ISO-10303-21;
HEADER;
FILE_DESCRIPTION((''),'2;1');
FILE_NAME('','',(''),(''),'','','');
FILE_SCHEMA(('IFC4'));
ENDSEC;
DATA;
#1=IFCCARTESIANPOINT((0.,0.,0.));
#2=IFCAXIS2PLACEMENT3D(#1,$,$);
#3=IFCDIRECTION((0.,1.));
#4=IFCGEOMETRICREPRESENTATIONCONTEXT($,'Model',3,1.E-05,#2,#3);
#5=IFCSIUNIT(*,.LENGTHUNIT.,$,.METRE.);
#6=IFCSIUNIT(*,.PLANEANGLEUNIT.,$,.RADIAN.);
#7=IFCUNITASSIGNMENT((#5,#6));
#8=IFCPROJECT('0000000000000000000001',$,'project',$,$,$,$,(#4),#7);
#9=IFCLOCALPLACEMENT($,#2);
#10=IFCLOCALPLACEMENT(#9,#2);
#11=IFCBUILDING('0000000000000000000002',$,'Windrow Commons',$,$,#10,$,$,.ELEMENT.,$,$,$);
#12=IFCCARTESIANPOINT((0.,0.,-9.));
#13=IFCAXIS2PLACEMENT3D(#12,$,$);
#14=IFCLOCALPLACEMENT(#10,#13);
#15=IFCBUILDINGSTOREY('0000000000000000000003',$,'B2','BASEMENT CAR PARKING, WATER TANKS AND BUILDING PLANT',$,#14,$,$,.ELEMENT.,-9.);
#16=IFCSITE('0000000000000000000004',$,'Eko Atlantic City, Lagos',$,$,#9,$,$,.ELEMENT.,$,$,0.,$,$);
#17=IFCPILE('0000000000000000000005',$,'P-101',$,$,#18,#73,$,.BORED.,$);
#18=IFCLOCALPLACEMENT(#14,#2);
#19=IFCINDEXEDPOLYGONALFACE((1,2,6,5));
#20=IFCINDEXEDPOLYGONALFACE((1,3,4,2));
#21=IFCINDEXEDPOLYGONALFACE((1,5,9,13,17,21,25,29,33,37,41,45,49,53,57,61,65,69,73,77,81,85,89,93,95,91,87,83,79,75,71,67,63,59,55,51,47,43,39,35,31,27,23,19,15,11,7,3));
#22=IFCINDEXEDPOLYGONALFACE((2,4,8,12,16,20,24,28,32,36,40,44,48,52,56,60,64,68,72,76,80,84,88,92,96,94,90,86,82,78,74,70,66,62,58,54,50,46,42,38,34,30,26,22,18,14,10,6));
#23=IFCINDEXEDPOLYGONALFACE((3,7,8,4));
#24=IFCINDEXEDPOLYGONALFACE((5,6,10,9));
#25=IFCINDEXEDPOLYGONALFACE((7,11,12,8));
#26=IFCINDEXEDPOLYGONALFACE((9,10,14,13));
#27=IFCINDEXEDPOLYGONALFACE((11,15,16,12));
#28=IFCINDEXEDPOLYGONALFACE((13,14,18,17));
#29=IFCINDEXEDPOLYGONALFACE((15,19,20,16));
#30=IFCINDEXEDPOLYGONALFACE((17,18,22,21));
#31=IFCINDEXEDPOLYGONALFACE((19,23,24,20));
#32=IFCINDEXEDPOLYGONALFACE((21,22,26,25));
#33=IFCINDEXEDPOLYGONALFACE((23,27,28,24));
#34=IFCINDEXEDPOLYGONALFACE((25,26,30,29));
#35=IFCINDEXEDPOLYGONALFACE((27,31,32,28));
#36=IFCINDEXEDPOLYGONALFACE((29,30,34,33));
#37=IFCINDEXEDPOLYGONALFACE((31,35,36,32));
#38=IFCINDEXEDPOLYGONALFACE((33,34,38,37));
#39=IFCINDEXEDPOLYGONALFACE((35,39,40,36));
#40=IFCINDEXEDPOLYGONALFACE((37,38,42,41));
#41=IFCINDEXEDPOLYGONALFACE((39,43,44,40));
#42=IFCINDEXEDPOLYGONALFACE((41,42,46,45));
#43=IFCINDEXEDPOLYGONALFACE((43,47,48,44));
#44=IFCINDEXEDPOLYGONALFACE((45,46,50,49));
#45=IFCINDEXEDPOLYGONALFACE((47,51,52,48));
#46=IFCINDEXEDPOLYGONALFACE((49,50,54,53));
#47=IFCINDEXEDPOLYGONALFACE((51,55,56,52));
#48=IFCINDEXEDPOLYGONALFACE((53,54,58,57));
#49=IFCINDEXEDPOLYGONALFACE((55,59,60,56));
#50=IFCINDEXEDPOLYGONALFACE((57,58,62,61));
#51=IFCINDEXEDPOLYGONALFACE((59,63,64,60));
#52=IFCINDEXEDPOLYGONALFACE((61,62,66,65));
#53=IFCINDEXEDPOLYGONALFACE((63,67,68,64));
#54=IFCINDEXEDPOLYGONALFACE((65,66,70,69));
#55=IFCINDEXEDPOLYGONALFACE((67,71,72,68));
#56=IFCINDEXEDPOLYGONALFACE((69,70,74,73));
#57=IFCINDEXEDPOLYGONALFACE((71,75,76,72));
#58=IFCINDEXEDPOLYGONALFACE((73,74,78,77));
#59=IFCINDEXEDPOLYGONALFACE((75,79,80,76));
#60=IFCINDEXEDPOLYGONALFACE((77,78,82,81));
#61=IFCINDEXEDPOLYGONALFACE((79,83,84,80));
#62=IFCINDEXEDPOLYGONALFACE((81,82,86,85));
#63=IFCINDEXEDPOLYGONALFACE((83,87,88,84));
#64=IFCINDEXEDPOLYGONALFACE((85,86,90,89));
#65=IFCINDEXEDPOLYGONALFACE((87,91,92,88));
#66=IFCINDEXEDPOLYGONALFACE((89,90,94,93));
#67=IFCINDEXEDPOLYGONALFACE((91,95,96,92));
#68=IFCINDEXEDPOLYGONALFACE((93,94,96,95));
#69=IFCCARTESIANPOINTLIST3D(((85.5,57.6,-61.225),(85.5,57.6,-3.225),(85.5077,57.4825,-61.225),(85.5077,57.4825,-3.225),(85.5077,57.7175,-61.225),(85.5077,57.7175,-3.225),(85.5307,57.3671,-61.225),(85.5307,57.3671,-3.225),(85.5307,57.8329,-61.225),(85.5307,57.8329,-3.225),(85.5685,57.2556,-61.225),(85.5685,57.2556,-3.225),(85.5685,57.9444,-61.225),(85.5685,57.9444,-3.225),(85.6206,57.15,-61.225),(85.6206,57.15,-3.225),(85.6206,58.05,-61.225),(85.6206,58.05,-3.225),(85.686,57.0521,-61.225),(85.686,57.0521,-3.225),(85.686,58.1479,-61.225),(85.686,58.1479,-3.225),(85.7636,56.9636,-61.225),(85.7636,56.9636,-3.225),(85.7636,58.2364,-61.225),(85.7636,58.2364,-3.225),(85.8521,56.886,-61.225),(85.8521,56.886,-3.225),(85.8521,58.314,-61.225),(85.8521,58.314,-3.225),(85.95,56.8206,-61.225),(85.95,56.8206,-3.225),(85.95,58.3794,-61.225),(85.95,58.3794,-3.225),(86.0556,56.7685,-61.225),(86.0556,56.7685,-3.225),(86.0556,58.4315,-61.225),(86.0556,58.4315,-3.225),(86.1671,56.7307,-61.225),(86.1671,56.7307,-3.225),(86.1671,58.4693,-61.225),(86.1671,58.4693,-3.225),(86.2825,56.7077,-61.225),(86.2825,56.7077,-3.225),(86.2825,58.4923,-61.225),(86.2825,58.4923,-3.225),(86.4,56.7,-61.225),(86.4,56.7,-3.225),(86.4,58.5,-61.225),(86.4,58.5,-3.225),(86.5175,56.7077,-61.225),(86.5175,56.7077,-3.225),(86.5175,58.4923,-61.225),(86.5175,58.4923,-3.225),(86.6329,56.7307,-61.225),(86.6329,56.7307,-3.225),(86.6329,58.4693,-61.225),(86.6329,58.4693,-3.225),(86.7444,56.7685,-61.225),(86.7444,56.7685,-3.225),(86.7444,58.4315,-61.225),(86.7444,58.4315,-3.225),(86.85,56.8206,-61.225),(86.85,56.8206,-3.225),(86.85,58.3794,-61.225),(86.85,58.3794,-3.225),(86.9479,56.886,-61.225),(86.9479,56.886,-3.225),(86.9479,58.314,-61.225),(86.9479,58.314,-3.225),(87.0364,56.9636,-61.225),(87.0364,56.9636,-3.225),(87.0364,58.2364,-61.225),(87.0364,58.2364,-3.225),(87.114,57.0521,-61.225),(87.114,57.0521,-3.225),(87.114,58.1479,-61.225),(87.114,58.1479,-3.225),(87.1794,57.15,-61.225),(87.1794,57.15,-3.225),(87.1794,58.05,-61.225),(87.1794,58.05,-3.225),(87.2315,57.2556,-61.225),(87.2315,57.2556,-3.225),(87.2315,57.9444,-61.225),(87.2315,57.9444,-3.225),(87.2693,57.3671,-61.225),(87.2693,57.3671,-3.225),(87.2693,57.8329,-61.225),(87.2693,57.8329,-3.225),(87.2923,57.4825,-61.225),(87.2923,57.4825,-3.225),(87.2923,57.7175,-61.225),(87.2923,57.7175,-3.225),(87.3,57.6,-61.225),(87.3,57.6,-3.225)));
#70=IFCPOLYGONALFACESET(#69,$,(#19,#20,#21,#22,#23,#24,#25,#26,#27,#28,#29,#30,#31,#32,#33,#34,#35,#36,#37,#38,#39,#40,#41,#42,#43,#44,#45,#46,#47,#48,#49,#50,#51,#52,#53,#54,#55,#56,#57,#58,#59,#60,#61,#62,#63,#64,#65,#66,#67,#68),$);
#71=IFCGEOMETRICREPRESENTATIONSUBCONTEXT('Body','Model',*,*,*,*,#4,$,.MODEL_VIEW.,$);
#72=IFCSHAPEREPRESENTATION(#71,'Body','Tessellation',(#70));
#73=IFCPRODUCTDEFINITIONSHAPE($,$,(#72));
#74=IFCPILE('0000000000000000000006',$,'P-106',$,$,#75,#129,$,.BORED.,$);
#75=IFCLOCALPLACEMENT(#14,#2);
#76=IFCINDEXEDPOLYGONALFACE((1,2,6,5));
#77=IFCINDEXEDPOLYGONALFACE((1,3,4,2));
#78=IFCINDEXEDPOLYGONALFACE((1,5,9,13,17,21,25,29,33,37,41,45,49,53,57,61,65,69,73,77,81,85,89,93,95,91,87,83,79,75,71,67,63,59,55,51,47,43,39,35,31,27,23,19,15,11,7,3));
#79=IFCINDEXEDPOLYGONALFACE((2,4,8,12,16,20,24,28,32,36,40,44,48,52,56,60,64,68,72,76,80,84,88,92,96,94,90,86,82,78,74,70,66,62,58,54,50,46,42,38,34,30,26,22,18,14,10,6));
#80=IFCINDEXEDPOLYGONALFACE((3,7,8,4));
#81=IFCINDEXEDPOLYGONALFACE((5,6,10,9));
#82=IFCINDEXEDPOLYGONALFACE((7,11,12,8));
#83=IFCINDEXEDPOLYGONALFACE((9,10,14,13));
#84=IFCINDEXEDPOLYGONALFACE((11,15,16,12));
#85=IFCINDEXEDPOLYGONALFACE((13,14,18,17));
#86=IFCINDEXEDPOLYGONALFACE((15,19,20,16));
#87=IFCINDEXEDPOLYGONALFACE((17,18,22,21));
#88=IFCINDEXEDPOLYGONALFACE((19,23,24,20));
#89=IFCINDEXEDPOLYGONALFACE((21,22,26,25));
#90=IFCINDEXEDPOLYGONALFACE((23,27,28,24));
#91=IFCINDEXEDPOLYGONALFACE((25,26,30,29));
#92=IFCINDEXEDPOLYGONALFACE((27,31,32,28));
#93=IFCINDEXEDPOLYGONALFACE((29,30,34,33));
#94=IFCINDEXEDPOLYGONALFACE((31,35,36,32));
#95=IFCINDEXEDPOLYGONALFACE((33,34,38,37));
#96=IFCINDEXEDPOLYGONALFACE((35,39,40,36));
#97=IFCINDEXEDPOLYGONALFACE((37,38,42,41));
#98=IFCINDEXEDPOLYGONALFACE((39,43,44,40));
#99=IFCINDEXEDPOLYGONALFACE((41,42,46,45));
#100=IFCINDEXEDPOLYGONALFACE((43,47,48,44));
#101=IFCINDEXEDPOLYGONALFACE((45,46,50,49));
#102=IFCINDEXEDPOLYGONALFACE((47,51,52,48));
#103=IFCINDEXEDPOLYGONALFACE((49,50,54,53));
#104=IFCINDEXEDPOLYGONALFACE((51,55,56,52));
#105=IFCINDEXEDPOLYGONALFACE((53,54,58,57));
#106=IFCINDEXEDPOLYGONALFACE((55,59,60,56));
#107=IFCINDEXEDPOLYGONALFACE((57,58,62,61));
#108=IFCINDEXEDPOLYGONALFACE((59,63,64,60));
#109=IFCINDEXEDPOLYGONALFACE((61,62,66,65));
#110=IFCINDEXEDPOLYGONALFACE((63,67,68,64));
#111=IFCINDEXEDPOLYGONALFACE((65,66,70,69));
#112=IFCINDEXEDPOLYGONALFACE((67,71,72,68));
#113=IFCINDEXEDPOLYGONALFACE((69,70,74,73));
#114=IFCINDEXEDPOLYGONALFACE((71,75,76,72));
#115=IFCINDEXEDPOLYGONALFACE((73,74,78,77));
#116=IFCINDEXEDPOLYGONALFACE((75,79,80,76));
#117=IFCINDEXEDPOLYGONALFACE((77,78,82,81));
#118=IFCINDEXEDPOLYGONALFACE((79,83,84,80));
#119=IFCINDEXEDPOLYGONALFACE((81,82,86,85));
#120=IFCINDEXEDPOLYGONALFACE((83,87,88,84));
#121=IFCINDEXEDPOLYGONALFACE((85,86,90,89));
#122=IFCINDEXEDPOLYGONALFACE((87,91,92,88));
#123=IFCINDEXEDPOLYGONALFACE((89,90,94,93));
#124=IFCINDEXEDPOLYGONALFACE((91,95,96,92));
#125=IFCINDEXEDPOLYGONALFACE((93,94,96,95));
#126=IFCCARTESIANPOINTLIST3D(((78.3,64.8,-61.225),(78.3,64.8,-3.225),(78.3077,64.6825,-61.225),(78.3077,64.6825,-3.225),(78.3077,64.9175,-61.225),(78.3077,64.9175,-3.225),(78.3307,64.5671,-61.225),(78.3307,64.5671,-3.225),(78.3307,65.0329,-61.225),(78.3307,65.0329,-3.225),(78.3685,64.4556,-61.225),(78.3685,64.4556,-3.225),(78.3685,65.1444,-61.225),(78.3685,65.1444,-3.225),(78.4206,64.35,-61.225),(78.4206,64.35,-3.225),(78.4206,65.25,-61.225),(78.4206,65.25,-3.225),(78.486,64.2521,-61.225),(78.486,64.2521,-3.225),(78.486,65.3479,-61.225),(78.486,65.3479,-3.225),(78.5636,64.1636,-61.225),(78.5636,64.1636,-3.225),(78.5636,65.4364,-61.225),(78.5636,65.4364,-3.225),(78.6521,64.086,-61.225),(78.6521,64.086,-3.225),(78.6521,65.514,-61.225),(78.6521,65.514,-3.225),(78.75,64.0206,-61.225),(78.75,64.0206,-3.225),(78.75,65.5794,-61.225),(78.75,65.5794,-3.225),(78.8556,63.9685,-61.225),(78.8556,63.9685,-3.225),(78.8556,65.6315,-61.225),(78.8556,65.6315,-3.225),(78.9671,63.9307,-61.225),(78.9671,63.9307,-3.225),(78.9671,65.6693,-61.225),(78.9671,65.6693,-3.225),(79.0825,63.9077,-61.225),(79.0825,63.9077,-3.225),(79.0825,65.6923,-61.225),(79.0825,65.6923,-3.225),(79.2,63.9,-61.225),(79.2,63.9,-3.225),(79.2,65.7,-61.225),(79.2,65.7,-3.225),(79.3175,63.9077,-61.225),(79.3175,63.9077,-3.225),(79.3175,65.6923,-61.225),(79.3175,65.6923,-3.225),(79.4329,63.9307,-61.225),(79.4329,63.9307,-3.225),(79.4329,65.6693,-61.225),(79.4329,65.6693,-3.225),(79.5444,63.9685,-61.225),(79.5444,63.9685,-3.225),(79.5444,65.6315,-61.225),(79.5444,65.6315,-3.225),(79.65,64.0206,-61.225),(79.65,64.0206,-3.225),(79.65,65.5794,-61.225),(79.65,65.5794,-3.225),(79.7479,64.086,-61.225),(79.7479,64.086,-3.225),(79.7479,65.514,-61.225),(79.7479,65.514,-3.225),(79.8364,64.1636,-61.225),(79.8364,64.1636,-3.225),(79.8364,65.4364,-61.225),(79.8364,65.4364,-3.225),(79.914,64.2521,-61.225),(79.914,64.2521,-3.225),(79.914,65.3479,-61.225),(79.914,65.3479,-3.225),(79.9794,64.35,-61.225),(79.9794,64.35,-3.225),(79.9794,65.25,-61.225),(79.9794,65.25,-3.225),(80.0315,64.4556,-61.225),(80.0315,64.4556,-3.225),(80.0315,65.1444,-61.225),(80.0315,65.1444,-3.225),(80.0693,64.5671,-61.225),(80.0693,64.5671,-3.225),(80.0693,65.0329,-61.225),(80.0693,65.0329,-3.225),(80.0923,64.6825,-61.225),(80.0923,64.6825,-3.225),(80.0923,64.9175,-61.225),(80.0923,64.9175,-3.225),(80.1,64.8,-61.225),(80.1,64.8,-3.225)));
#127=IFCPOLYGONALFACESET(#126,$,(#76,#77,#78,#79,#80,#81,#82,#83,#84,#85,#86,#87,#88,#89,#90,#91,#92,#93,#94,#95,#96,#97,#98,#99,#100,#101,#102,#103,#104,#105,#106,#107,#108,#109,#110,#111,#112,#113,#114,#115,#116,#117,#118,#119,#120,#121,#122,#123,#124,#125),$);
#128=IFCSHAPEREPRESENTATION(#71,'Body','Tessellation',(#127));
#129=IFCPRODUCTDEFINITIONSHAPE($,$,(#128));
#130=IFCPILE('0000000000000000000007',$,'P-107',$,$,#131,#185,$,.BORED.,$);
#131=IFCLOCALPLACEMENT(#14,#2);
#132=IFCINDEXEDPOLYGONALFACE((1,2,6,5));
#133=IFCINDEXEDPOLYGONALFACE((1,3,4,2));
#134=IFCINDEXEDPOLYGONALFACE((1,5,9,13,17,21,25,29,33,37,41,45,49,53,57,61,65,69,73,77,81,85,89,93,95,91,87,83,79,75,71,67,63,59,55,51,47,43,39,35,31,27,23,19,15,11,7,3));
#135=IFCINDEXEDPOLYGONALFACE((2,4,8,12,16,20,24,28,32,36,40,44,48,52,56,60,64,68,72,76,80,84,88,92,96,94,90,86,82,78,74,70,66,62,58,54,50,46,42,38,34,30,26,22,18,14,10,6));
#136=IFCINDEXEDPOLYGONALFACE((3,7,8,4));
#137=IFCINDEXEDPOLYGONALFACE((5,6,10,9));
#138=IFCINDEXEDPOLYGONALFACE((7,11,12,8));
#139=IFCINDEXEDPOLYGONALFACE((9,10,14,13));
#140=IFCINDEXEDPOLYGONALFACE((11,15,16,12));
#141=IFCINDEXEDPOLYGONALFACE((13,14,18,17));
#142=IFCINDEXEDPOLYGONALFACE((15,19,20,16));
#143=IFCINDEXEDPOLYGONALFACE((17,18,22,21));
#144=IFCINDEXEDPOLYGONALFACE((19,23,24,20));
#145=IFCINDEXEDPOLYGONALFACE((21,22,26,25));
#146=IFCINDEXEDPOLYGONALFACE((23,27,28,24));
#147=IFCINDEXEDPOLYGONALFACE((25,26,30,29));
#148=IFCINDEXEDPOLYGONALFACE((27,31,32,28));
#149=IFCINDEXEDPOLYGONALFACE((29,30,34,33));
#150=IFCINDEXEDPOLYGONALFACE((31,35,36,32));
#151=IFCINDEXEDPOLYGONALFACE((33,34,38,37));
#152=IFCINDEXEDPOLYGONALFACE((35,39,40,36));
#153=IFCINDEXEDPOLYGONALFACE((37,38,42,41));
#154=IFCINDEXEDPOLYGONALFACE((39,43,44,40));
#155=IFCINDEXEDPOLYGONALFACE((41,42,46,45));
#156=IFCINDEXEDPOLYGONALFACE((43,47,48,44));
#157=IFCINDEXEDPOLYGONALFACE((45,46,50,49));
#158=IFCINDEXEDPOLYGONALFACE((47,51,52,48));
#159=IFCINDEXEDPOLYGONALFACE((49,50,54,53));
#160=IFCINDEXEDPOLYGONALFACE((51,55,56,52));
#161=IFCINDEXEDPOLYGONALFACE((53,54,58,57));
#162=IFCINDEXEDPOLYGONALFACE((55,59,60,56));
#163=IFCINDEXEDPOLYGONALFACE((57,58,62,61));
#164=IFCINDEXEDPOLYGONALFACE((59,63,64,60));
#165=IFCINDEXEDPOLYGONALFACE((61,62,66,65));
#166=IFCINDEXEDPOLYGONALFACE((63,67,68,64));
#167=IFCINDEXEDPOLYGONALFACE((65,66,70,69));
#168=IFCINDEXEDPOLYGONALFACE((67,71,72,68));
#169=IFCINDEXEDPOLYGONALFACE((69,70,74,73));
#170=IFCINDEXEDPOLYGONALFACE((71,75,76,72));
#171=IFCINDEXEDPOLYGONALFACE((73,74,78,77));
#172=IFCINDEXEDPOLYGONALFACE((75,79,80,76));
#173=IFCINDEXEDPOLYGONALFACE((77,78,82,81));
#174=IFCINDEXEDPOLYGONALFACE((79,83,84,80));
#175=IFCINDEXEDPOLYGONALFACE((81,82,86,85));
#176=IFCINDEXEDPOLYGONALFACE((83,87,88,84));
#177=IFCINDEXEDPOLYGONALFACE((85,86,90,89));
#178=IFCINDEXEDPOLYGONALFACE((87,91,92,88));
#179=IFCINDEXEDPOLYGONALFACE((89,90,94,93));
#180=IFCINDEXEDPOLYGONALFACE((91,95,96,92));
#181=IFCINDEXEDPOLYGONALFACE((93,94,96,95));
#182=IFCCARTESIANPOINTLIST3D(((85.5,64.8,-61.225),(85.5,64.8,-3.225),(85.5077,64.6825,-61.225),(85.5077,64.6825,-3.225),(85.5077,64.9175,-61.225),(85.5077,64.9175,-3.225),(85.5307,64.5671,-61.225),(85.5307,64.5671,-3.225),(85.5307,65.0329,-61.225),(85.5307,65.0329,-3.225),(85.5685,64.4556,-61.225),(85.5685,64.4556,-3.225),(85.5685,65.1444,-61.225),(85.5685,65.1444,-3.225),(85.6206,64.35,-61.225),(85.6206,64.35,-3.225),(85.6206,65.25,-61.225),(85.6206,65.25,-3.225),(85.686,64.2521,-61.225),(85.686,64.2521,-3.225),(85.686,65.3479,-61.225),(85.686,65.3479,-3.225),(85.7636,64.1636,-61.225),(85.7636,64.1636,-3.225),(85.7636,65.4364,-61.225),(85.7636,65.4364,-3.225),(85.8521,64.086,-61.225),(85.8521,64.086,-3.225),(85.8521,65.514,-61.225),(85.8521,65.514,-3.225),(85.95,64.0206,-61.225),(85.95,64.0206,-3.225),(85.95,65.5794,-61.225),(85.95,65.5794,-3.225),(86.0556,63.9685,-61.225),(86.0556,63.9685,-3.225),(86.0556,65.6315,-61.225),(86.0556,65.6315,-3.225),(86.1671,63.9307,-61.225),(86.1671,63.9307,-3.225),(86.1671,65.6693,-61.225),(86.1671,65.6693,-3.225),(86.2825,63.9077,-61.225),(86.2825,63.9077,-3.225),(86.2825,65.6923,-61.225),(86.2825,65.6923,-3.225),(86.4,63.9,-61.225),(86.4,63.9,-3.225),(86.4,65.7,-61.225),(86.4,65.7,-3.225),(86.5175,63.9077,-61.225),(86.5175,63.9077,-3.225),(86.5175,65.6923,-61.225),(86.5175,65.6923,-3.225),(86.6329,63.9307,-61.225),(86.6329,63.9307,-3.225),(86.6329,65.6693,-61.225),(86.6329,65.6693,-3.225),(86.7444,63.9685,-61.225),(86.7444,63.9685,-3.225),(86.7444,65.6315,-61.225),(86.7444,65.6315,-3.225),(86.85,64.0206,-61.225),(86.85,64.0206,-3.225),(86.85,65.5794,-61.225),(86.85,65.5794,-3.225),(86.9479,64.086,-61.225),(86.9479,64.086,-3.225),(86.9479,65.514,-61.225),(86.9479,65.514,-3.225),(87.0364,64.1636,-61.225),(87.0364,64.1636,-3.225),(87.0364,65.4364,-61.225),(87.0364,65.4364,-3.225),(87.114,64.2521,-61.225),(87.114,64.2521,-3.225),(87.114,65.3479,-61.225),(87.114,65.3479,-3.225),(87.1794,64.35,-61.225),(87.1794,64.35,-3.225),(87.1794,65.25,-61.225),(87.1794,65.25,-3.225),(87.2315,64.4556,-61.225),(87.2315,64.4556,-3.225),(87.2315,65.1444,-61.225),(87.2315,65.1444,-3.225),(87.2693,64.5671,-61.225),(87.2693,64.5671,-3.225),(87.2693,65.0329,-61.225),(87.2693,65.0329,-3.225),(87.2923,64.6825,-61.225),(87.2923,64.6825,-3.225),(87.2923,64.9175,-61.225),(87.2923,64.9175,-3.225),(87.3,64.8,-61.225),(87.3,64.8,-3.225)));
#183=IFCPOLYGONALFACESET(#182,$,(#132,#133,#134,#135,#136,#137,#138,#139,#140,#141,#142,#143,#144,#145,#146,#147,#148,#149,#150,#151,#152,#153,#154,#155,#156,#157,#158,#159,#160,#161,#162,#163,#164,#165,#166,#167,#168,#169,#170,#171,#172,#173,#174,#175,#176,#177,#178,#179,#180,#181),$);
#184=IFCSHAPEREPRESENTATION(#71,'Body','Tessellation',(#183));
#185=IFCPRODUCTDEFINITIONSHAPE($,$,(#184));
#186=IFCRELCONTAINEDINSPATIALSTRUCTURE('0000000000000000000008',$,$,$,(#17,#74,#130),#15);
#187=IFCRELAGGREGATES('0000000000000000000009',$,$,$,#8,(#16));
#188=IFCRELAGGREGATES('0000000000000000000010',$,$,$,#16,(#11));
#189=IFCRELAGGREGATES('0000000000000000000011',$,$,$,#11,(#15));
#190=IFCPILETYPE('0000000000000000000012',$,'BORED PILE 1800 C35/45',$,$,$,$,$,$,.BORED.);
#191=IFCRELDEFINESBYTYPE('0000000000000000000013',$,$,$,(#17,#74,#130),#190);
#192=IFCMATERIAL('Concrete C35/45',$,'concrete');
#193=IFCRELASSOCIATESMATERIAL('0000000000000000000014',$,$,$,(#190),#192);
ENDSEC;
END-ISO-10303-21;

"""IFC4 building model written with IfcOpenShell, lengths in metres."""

from ifc_helpers import new_model, si_unit, direction, frame, origin, origin_2d, place, context, subcontext, project, spatial, circle, extrude, material, material_profile, profile_set, type_object, element, save


model = new_model("IFC4")

# Units and contexts
model_context = context("Model", 3, precision=1e-05, world=origin(), true_north=direction((0.0, 1.0)))
body_context = subcontext(model_context, "Body", "Model", "MODEL_VIEW")
ifc_project = project(units=[si_unit("LENGTHUNIT", "METRE"), si_unit("PLANEANGLEUNIT", "RADIAN")], contexts=[model_context])

# Site, building, storey
site_placement = place(None, origin())
site = spatial("IfcSite", under=ifc_project, at=site_placement, Name="Eko Atlantic City, Lagos", CompositionType="ELEMENT", RefElevation=0.0)
building_placement = place(site_placement, origin())
building = spatial("IfcBuilding", under=site, at=building_placement, Name="Windrow Commons", CompositionType="ELEMENT")
storey_placement = place(building_placement, frame((0.0, 0.0, -9.0)))
storey = spatial("IfcBuildingStorey", under=building, at=storey_placement, Name="B2", Description="BASEMENT CAR PARKING, WATER TANKS AND BUILDING PLANT", CompositionType="ELEMENT", Elevation=-9.0)

# Piles
ifc_material_1 = material(Name="Concrete C35/45", Category="concrete")
ifc_material_profile_1 = material_profile(ifc_material_1, circle(Radius=0.9, at=origin_2d()))
ifc_profile_set_1 = profile_set([ifc_material_profile_1], Name="Concrete C35/45")
pile_type = type_object("IfcPileType", Name="BORED PILE 1800 C35/45", PredefinedType="BORED", material=ifc_profile_set_1)
for number, where, z_axis, x_axis, name in (
    (1, (86.4, 57.6, -3.225), (0.0, 0.0, -1.0), (1.0, 0.0, 0.0), "P-101"),
    (2, (79.2, 64.8, -3.225), (0.0, 0.0, -1.0), (1.0, 0.0, 0.0), "P-106"),
    (3, (86.4, 64.8, -3.225), (0.0, 0.0, -1.0), (1.0, 0.0, 0.0), "P-107"),
):
    element("IfcPile", number, at=place(storey_placement, frame(where, z_axis=z_axis, x_axis=x_axis)), inside=storey, type_object=pile_type, Name=name, PredefinedType="BORED", context=body_context, shape_type="SweptSolid", body=[
        extrude(circle(Radius=0.9, at=origin_2d()), origin(), (0.0, 0.0, 1.0), 58.0),
    ])

save(model, "model.ifc")
